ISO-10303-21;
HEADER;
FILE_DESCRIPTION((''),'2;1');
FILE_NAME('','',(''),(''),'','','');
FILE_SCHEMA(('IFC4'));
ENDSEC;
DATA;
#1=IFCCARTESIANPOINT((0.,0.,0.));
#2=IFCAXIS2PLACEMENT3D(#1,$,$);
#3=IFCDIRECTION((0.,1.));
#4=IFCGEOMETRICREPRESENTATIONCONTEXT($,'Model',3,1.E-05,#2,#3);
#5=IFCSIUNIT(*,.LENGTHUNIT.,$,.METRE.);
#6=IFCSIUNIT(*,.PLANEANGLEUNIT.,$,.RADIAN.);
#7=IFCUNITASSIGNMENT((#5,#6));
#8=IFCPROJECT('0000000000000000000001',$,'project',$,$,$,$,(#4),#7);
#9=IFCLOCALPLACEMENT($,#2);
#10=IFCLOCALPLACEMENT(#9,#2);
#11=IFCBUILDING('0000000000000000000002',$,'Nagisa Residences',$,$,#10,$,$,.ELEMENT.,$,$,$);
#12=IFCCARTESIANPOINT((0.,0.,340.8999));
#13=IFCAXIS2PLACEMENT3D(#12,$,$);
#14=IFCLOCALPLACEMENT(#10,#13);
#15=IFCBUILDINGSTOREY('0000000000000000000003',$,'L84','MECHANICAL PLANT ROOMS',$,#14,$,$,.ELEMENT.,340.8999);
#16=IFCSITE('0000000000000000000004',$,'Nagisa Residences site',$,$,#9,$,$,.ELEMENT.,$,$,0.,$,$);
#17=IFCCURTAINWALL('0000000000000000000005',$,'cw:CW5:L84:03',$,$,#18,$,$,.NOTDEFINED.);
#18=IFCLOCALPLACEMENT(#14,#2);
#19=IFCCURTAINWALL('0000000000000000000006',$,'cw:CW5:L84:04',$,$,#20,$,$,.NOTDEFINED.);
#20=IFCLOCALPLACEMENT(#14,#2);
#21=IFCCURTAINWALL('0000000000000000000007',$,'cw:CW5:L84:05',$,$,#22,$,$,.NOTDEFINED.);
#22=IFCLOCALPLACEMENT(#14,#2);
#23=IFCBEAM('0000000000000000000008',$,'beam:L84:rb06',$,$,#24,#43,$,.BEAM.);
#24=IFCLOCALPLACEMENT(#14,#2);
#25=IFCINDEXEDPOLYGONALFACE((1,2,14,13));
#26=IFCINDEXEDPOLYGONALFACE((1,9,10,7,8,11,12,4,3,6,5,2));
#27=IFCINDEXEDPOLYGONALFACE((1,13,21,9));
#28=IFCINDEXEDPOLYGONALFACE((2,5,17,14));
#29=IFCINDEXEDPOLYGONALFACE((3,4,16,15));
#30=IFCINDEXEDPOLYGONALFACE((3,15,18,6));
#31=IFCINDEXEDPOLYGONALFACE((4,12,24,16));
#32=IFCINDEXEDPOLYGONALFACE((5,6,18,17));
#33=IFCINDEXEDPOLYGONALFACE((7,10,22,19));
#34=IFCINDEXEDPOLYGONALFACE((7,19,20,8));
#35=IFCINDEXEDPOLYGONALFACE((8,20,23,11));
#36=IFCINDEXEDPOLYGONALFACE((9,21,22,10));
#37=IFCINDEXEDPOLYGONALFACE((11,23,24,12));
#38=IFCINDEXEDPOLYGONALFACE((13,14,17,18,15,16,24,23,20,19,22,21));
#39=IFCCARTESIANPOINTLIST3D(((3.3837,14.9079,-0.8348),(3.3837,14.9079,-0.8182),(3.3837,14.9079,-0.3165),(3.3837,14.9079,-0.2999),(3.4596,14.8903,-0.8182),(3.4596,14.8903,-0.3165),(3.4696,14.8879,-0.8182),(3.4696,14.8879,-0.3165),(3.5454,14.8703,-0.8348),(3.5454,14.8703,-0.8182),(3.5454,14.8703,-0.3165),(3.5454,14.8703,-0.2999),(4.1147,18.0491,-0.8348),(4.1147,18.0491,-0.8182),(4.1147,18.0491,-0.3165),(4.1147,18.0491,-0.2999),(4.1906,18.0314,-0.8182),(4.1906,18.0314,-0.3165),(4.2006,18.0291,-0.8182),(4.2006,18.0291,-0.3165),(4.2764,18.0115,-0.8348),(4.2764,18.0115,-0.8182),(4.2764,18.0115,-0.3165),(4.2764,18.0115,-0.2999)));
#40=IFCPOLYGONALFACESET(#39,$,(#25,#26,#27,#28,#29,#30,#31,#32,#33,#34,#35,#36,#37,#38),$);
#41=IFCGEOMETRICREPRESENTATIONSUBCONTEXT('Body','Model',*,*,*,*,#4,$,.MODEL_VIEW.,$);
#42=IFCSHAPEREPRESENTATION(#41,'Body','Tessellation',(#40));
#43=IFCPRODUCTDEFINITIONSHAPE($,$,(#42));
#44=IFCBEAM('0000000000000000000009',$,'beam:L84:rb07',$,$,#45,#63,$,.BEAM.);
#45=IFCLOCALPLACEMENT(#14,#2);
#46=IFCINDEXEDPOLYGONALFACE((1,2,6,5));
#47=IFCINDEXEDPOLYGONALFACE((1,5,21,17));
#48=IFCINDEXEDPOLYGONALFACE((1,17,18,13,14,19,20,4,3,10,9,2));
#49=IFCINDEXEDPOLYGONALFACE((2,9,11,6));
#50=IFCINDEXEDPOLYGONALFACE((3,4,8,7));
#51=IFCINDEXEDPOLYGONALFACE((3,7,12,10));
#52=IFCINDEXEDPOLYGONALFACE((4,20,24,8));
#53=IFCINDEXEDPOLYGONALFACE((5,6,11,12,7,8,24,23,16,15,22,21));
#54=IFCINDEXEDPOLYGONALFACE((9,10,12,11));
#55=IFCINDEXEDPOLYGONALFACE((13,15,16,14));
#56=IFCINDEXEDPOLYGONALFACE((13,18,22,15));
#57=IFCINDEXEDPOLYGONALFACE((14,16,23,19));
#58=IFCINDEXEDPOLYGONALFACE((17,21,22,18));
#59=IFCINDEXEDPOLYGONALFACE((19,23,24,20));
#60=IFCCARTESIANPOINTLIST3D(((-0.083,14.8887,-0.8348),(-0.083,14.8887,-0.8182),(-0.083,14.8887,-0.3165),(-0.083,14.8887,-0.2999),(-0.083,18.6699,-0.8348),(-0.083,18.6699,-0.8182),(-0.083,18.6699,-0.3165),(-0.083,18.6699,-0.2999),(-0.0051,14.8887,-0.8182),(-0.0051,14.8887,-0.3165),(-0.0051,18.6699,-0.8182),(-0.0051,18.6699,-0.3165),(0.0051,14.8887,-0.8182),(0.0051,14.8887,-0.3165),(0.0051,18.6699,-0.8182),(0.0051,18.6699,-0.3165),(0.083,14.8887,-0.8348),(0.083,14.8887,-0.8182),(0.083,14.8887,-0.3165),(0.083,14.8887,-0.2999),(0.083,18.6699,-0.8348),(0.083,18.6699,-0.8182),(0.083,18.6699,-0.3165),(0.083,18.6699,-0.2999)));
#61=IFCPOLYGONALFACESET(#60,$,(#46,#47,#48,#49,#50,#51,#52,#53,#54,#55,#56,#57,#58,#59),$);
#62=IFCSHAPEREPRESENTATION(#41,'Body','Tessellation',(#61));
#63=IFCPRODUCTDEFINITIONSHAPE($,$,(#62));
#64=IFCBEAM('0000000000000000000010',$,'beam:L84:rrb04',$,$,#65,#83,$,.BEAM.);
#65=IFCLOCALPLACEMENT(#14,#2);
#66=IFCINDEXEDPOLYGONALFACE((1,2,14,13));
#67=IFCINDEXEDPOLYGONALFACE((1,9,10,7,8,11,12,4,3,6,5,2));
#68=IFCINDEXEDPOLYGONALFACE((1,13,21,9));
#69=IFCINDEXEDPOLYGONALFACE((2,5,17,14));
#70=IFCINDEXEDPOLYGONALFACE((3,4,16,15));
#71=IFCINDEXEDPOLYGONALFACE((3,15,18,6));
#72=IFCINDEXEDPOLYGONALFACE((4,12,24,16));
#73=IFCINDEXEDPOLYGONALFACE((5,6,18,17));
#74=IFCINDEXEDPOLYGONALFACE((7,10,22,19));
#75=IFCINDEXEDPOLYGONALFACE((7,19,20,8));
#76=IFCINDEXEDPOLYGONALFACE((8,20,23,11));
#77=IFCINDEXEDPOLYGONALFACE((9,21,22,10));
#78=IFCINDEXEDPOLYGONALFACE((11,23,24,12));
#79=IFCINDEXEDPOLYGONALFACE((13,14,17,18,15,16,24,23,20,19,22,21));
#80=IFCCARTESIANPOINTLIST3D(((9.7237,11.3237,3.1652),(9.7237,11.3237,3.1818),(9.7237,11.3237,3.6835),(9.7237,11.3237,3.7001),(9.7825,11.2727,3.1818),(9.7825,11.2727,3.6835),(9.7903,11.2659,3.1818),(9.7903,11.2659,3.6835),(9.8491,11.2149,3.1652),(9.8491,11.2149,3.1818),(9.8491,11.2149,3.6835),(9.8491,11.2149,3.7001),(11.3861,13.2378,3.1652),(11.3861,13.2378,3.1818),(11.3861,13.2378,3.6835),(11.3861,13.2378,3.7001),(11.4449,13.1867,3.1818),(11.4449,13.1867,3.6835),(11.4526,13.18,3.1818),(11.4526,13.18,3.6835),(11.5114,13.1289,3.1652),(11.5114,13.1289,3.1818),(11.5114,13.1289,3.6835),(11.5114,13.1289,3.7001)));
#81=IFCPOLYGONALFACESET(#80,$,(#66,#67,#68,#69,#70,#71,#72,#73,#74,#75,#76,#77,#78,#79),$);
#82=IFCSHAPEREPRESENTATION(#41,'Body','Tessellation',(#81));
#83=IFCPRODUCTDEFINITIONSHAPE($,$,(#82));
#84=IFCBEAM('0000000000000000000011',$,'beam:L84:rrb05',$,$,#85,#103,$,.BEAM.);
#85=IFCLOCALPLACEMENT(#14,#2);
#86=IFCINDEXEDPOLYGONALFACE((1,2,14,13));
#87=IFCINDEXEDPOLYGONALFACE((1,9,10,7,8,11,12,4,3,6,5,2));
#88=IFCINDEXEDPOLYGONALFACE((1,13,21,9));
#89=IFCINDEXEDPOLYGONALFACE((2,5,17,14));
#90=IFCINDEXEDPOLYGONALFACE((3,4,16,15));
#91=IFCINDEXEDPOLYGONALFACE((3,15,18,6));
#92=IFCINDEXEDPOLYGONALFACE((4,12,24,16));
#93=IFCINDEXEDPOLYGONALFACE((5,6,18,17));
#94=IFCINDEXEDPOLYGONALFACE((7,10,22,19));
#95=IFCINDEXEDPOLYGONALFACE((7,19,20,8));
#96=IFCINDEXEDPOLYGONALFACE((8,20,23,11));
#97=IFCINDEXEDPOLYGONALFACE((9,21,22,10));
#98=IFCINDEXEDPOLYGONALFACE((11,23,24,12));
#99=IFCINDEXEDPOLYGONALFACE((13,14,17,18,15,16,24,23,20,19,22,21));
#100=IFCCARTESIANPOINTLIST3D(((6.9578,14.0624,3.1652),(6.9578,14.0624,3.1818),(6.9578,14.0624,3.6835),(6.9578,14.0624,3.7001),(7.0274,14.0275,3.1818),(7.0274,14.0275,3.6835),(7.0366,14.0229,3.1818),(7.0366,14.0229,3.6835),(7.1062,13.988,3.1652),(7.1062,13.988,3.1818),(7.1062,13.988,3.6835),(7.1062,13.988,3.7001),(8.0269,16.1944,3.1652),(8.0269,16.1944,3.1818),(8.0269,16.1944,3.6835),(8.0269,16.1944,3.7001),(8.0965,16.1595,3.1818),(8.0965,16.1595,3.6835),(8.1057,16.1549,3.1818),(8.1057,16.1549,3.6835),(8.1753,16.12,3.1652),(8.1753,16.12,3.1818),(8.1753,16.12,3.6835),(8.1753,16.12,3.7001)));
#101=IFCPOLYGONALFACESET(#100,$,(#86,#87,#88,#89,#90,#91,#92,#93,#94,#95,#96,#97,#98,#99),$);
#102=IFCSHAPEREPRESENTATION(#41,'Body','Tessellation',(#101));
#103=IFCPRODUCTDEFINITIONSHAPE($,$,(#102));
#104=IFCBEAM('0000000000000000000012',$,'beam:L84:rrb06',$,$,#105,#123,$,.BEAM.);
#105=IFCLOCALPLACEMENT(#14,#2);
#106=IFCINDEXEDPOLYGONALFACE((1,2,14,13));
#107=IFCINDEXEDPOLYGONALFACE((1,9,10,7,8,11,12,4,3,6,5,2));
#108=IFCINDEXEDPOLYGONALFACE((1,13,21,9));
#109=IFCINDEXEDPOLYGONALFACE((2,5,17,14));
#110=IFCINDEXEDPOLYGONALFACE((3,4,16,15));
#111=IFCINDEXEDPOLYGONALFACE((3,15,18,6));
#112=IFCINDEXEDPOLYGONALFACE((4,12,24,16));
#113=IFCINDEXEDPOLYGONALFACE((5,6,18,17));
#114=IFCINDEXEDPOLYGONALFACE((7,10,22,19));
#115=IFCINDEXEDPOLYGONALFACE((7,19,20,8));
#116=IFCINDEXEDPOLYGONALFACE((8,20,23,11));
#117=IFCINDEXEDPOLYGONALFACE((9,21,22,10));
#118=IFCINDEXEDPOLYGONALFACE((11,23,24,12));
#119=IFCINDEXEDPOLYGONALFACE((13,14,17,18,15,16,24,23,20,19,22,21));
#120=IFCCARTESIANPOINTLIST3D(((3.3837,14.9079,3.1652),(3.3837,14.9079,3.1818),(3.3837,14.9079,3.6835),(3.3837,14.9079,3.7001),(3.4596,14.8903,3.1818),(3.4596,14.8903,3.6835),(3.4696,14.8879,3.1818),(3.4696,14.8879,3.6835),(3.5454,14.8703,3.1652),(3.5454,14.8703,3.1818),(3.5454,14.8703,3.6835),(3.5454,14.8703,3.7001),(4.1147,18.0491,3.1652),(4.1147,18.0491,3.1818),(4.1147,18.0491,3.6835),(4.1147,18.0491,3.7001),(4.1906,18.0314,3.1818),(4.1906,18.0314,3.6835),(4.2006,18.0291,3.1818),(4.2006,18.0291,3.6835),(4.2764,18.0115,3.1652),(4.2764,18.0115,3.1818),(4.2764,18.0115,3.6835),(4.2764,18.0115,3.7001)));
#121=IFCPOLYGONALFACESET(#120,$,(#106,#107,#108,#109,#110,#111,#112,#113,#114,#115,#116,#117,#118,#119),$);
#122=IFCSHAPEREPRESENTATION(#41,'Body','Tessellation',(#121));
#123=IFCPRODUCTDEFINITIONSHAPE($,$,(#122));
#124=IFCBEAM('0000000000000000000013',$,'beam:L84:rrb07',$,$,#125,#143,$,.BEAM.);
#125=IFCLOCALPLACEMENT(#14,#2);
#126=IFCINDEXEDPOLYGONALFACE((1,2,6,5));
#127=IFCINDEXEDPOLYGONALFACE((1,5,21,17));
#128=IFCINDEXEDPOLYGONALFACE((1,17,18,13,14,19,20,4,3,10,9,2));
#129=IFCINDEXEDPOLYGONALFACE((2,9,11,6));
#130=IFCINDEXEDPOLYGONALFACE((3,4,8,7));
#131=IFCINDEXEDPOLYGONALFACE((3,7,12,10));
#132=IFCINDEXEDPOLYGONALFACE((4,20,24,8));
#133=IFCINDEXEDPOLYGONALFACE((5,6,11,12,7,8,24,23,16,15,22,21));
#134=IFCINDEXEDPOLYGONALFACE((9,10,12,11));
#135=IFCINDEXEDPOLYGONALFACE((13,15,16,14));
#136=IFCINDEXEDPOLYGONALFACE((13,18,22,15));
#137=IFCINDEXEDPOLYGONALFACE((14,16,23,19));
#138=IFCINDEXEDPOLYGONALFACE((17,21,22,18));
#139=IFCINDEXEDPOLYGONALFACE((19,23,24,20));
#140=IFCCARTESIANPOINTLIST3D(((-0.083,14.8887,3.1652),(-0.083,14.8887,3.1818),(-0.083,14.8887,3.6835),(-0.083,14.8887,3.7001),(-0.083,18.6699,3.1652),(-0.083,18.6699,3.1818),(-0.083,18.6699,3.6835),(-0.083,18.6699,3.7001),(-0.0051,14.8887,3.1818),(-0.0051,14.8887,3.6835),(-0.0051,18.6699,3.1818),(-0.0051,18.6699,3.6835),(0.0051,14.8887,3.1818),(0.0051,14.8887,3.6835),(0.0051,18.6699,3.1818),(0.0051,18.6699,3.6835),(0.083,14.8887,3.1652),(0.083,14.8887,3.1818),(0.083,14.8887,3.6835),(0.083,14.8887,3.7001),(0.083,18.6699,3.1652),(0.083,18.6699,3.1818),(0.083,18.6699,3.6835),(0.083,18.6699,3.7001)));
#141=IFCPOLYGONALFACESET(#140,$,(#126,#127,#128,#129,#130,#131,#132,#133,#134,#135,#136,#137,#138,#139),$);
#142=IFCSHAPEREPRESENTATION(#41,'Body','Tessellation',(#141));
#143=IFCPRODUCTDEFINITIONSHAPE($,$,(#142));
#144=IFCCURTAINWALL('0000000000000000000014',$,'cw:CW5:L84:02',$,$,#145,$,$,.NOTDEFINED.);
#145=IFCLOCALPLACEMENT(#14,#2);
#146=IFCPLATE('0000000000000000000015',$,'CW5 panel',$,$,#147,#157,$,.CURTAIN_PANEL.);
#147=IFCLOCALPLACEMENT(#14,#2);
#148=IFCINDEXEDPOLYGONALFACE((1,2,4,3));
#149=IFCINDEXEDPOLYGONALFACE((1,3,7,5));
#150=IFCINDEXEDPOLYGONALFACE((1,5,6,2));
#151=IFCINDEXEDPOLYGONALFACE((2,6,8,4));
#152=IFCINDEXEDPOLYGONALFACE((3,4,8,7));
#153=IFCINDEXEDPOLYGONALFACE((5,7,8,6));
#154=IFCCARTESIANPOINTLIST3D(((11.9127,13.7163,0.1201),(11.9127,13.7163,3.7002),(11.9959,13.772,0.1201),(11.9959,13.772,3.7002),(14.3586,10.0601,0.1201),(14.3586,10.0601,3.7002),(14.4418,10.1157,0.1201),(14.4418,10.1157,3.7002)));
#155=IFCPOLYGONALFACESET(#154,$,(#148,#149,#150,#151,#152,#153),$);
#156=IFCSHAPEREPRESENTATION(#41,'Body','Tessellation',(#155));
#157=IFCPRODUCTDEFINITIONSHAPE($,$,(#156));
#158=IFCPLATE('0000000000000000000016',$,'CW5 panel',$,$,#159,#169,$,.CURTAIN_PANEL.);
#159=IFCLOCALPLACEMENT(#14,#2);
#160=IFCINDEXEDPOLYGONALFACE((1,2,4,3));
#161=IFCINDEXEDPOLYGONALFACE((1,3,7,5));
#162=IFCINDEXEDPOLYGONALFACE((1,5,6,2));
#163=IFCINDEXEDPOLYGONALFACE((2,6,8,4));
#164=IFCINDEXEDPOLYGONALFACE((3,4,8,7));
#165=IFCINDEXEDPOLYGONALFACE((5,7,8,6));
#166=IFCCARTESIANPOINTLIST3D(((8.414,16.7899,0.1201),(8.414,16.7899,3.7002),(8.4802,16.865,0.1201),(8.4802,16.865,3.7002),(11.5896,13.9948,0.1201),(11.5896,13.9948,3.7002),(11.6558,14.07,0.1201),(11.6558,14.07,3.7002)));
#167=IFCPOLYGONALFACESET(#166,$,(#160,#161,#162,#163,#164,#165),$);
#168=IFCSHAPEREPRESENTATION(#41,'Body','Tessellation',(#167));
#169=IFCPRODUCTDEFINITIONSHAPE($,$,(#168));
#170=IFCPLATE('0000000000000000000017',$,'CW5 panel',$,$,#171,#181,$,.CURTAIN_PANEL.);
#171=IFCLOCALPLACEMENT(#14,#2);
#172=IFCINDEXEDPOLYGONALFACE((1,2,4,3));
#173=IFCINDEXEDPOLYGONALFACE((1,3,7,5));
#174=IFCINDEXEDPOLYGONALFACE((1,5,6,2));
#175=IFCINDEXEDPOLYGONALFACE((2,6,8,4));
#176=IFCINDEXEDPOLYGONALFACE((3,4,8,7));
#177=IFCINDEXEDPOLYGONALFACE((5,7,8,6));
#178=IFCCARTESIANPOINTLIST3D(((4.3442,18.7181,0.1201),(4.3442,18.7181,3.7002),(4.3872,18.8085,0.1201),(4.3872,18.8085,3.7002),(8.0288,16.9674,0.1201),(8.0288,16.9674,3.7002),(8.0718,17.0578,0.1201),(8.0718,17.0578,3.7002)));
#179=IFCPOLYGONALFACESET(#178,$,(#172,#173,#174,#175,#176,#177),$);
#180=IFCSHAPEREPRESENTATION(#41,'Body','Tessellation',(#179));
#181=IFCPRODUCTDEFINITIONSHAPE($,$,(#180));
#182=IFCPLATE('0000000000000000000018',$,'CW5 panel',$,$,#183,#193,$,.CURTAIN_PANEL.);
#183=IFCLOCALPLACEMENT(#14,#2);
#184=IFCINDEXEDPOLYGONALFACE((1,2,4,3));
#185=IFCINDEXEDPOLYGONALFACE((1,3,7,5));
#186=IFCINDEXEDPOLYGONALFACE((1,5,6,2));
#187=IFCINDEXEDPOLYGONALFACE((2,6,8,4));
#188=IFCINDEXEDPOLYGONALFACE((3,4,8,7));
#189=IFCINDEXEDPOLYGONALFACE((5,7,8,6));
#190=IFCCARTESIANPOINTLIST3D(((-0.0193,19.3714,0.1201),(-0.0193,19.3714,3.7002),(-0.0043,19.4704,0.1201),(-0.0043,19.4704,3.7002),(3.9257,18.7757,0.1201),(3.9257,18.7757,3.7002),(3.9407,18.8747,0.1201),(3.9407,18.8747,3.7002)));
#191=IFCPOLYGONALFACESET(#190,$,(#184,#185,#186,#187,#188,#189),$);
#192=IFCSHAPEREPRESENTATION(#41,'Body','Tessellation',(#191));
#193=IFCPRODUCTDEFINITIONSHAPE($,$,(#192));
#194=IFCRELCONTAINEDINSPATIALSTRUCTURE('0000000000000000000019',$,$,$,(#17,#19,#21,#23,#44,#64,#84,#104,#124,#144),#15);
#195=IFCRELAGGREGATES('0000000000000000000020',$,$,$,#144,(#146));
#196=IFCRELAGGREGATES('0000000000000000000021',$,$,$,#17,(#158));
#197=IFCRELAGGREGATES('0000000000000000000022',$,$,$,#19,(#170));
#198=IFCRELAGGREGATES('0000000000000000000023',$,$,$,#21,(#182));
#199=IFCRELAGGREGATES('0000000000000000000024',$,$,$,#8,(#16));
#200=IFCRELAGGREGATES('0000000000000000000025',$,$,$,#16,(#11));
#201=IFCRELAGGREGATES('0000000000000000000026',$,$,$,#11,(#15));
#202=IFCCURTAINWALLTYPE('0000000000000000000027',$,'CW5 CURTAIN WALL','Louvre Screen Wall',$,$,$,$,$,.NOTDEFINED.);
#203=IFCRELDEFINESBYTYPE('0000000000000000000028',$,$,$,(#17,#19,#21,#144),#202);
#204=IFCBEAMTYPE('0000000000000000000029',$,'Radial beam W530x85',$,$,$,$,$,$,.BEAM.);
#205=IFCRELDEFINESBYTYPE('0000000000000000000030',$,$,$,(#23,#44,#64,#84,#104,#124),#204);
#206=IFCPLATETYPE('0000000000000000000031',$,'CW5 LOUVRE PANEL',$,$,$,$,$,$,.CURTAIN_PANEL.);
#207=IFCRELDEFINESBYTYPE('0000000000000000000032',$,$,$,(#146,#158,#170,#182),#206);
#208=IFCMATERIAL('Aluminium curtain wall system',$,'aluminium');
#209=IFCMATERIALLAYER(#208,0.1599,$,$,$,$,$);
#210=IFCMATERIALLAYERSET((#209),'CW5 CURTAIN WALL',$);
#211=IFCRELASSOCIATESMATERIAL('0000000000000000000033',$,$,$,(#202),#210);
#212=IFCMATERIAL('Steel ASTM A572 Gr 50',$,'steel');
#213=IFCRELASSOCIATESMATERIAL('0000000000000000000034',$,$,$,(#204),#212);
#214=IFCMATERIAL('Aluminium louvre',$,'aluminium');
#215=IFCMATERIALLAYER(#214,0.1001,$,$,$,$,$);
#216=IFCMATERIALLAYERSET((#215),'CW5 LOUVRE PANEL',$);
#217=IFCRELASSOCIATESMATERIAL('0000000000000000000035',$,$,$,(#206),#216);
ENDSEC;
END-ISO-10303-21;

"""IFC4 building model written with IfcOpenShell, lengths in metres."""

from ifc_helpers import new_model, si_unit, direction, frame, origin, origin_2d, place, context, subcontext, project, spatial, rectangle, i_section, extrude, material, layer, layer_set, material_profile, profile_set, type_object, element, aggregate, save


model = new_model("IFC4")

# Units and contexts
model_context = context("Model", 3, precision=1e-05, world=origin(), true_north=direction((0.0, 1.0)))
body_context = subcontext(model_context, "Body", "Model", "MODEL_VIEW")
ifc_project = project(units=[si_unit("LENGTHUNIT", "METRE"), si_unit("PLANEANGLEUNIT", "RADIAN")], contexts=[model_context])

# Site, building, storey
site_placement = place(None, origin())
site = spatial("IfcSite", under=ifc_project, at=site_placement, Name="Nagisa Residences site", CompositionType="ELEMENT", RefElevation=0.0)
building_placement = place(site_placement, origin())
building = spatial("IfcBuilding", under=site, at=building_placement, Name="Nagisa Residences", CompositionType="ELEMENT")
storey_placement = place(building_placement, frame((0.0, 0.0, 340.8999)))
storey = spatial("IfcBuildingStorey", under=building, at=storey_placement, Name="L84", Description="MECHANICAL PLANT ROOMS", CompositionType="ELEMENT", Elevation=340.8999)

# Curtain walls
ifc_material_1 = material(Name="Aluminium curtain wall system", Category="aluminium")
ifc_layer_1 = layer(ifc_material_1, 0.1599)
ifc_layer_set_1 = layer_set([ifc_layer_1], Name="CW5 CURTAIN WALL")
curtain_wall_type = type_object("IfcCurtainWallType", Name="CW5 CURTAIN WALL", Description="Louvre Screen Wall", PredefinedType="NOTDEFINED", material=ifc_layer_set_1)
curtain_wall_1_placement = place(storey_placement, origin())
curtain_wall_1 = element("IfcCurtainWall", 1, at=curtain_wall_1_placement, inside=storey, type_object=curtain_wall_type, Name="cw:CW5:L84:03", PredefinedType="NOTDEFINED")
curtain_wall_2_placement = place(storey_placement, origin())
curtain_wall_2 = element("IfcCurtainWall", 2, at=curtain_wall_2_placement, inside=storey, type_object=curtain_wall_type, Name="cw:CW5:L84:04", PredefinedType="NOTDEFINED")
curtain_wall_3_placement = place(storey_placement, origin())
curtain_wall_3 = element("IfcCurtainWall", 3, at=curtain_wall_3_placement, inside=storey, type_object=curtain_wall_type, Name="cw:CW5:L84:05", PredefinedType="NOTDEFINED")

# Beams
ifc_material_2 = material(Name="Steel ASTM A572 Gr 50", Category="steel")
ifc_material_profile_1 = material_profile(ifc_material_2, i_section(OverallWidth=0.166, OverallDepth=0.5349, WebThickness=0.0103, FlangeThickness=0.0166, at=origin_2d()), Name="W530x85")
ifc_profile_set_1 = profile_set([ifc_material_profile_1], Name="Steel ASTM A572 Gr 50")
beam_type_1 = type_object("IfcBeamType", Name="Radial beam W530x85", PredefinedType="BEAM", material=ifc_profile_set_1)
beam_1_placement = place(storey_placement, frame((4.1956, 18.0303, -0.5674), z_axis=(-0.22665, -0.973976, 0.0), x_axis=(0.973976, -0.22665, 0.0)))
element("IfcBeam", 4, at=beam_1_placement, inside=storey, type_object=beam_type_1, Name="beam:L84:rb06", PredefinedType="BEAM", context=body_context, shape_type="SweptSolid", body=[
    extrude(i_section(OverallWidth=0.166, OverallDepth=0.5349, WebThickness=0.0103, FlangeThickness=0.0166, at=origin_2d()), origin(), (0.0, 0.0, 1.0), 3.2251),
])
beam_2_placement = place(storey_placement, frame((0.0, 18.6699, -0.5674), z_axis=(0.0, -1.0, 0.0), x_axis=(1.0, 0.0, 0.0)))
element("IfcBeam", 5, at=beam_2_placement, inside=storey, type_object=beam_type_1, Name="beam:L84:rb07", PredefinedType="BEAM", context=body_context, shape_type="SweptSolid", body=[
    extrude(i_section(OverallWidth=0.166, OverallDepth=0.5349, WebThickness=0.0103, FlangeThickness=0.0166, at=origin_2d()), origin(), (0.0, 0.0, 1.0), 3.7812),
])
beam_3_placement = place(storey_placement, frame((11.4487, 13.1833, 3.4326), z_axis=(-0.655718, -0.755006, 0.0), x_axis=(0.755006, -0.655718, 0.0)))
element("IfcBeam", 6, at=beam_3_placement, inside=storey, type_object=beam_type_1, Name="beam:L84:rrb04", PredefinedType="BEAM", context=body_context, shape_type="SweptSolid", body=[
    extrude(i_section(OverallWidth=0.166, OverallDepth=0.5349, WebThickness=0.0103, FlangeThickness=0.0166, at=origin_2d()), origin(), (0.0, 0.0, 1.0), 2.5352),
])
beam_4_placement = place(storey_placement, frame((8.1011, 16.1572, 3.4326), z_axis=(-0.448237, -0.893915, 0.0), x_axis=(0.893915, -0.448237, 0.0)))
element("IfcBeam", 7, at=beam_4_placement, inside=storey, type_object=beam_type_1, Name="beam:L84:rrb05", PredefinedType="BEAM", context=body_context, shape_type="SweptSolid", body=[
    extrude(i_section(OverallWidth=0.166, OverallDepth=0.5349, WebThickness=0.0103, FlangeThickness=0.0166, at=origin_2d()), origin(), (0.0, 0.0, 1.0), 2.385),
])
beam_5_placement = place(storey_placement, frame((4.1956, 18.0303, 3.4326), z_axis=(-0.22665, -0.973976, 0.0), x_axis=(0.973976, -0.22665, 0.0)))
element("IfcBeam", 8, at=beam_5_placement, inside=storey, type_object=beam_type_1, Name="beam:L84:rrb06", PredefinedType="BEAM", context=body_context, shape_type="SweptSolid", body=[
    extrude(i_section(OverallWidth=0.166, OverallDepth=0.5349, WebThickness=0.0103, FlangeThickness=0.0166, at=origin_2d()), origin(), (0.0, 0.0, 1.0), 3.2251),
])
beam_6_placement = place(storey_placement, frame((0.0, 18.6699, 3.4326), z_axis=(0.0, -1.0, 0.0), x_axis=(1.0, 0.0, 0.0)))
element("IfcBeam", 9, at=beam_6_placement, inside=storey, type_object=beam_type_1, Name="beam:L84:rrb07", PredefinedType="BEAM", context=body_context, shape_type="SweptSolid", body=[
    extrude(i_section(OverallWidth=0.166, OverallDepth=0.5349, WebThickness=0.0103, FlangeThickness=0.0166, at=origin_2d()), origin(), (0.0, 0.0, 1.0), 3.7812),
])

# Curtain wall, plate
curtain_wall_4_placement = place(storey_placement, origin())
curtain_wall_4 = element("IfcCurtainWall", 10, at=curtain_wall_4_placement, inside=storey, type_object=curtain_wall_type, Name="cw:CW5:L84:02", PredefinedType="NOTDEFINED")
ifc_material_3 = material(Name="Aluminium louvre", Category="aluminium")
ifc_layer_2 = layer(ifc_material_3, 0.1001)
ifc_layer_set_2 = layer_set([ifc_layer_2], Name="CW5 LOUVRE PANEL")
plate_type = type_object("IfcPlateType", Name="CW5 LOUVRE PANEL", PredefinedType="CURTAIN_PANEL", material=ifc_layer_set_2)
plate_1_placement = place(storey_placement, frame((13.1772, 11.916, 0.1201), z_axis=(0.0, 0.0, 1.0), x_axis=(-0.556014, 0.831173, 0.0)))
plate_1 = element("IfcPlate", 11, at=plate_1_placement, type_object=plate_type, Name="CW5 panel", PredefinedType="CURTAIN_PANEL", context=body_context, shape_type="SweptSolid", body=[
    extrude(rectangle(XDim=4.3989, YDim=0.1001, at=origin_2d()), origin(), (0.0, 0.0, 1.0), 3.5801),
])
aggregate(curtain_wall_4, [plate_1])

# Plates
plate_2_placement = place(storey_placement, frame((10.0349, 15.4299, 0.1201), z_axis=(0.0, 0.0, 1.0), x_axis=(-0.750651, 0.660699, 0.0)))
plate_2 = element("IfcPlate", 12, at=plate_2_placement, type_object=plate_type, Name="CW5 panel", PredefinedType="CURTAIN_PANEL", context=body_context, shape_type="SweptSolid", body=[
    extrude(rectangle(XDim=4.2305, YDim=0.1001, at=origin_2d()), origin(), (0.0, 0.0, 1.0), 3.5801),
])
aggregate(curtain_wall_1, [plate_2])
plate_3_placement = place(storey_placement, frame((6.208, 17.8879, 0.1201), z_axis=(0.0, 0.0, 1.0), x_axis=(-0.903233, 0.429151, 0.0)))
plate_3 = element("IfcPlate", 13, at=plate_3_placement, type_object=plate_type, Name="CW5 panel", PredefinedType="CURTAIN_PANEL", context=body_context, shape_type="SweptSolid", body=[
    extrude(rectangle(XDim=4.0793, YDim=0.1001, at=origin_2d()), origin(), (0.0, 0.0, 1.0), 3.5801),
])
aggregate(curtain_wall_2, [plate_3])
plate_4_placement = place(storey_placement, frame((1.9607, 19.123, 0.1201), z_axis=(0.0, 0.0, 1.0), x_axis=(-0.988789, 0.14932, 0.0)))
plate_4 = element("IfcPlate", 14, at=plate_4_placement, type_object=plate_type, Name="CW5 panel", PredefinedType="CURTAIN_PANEL", context=body_context, shape_type="SweptSolid", body=[
    extrude(rectangle(XDim=3.9897, YDim=0.1001, at=origin_2d()), origin(), (0.0, 0.0, 1.0), 3.5801),
])
aggregate(curtain_wall_3, [plate_4])

save(model, "model.ifc")
